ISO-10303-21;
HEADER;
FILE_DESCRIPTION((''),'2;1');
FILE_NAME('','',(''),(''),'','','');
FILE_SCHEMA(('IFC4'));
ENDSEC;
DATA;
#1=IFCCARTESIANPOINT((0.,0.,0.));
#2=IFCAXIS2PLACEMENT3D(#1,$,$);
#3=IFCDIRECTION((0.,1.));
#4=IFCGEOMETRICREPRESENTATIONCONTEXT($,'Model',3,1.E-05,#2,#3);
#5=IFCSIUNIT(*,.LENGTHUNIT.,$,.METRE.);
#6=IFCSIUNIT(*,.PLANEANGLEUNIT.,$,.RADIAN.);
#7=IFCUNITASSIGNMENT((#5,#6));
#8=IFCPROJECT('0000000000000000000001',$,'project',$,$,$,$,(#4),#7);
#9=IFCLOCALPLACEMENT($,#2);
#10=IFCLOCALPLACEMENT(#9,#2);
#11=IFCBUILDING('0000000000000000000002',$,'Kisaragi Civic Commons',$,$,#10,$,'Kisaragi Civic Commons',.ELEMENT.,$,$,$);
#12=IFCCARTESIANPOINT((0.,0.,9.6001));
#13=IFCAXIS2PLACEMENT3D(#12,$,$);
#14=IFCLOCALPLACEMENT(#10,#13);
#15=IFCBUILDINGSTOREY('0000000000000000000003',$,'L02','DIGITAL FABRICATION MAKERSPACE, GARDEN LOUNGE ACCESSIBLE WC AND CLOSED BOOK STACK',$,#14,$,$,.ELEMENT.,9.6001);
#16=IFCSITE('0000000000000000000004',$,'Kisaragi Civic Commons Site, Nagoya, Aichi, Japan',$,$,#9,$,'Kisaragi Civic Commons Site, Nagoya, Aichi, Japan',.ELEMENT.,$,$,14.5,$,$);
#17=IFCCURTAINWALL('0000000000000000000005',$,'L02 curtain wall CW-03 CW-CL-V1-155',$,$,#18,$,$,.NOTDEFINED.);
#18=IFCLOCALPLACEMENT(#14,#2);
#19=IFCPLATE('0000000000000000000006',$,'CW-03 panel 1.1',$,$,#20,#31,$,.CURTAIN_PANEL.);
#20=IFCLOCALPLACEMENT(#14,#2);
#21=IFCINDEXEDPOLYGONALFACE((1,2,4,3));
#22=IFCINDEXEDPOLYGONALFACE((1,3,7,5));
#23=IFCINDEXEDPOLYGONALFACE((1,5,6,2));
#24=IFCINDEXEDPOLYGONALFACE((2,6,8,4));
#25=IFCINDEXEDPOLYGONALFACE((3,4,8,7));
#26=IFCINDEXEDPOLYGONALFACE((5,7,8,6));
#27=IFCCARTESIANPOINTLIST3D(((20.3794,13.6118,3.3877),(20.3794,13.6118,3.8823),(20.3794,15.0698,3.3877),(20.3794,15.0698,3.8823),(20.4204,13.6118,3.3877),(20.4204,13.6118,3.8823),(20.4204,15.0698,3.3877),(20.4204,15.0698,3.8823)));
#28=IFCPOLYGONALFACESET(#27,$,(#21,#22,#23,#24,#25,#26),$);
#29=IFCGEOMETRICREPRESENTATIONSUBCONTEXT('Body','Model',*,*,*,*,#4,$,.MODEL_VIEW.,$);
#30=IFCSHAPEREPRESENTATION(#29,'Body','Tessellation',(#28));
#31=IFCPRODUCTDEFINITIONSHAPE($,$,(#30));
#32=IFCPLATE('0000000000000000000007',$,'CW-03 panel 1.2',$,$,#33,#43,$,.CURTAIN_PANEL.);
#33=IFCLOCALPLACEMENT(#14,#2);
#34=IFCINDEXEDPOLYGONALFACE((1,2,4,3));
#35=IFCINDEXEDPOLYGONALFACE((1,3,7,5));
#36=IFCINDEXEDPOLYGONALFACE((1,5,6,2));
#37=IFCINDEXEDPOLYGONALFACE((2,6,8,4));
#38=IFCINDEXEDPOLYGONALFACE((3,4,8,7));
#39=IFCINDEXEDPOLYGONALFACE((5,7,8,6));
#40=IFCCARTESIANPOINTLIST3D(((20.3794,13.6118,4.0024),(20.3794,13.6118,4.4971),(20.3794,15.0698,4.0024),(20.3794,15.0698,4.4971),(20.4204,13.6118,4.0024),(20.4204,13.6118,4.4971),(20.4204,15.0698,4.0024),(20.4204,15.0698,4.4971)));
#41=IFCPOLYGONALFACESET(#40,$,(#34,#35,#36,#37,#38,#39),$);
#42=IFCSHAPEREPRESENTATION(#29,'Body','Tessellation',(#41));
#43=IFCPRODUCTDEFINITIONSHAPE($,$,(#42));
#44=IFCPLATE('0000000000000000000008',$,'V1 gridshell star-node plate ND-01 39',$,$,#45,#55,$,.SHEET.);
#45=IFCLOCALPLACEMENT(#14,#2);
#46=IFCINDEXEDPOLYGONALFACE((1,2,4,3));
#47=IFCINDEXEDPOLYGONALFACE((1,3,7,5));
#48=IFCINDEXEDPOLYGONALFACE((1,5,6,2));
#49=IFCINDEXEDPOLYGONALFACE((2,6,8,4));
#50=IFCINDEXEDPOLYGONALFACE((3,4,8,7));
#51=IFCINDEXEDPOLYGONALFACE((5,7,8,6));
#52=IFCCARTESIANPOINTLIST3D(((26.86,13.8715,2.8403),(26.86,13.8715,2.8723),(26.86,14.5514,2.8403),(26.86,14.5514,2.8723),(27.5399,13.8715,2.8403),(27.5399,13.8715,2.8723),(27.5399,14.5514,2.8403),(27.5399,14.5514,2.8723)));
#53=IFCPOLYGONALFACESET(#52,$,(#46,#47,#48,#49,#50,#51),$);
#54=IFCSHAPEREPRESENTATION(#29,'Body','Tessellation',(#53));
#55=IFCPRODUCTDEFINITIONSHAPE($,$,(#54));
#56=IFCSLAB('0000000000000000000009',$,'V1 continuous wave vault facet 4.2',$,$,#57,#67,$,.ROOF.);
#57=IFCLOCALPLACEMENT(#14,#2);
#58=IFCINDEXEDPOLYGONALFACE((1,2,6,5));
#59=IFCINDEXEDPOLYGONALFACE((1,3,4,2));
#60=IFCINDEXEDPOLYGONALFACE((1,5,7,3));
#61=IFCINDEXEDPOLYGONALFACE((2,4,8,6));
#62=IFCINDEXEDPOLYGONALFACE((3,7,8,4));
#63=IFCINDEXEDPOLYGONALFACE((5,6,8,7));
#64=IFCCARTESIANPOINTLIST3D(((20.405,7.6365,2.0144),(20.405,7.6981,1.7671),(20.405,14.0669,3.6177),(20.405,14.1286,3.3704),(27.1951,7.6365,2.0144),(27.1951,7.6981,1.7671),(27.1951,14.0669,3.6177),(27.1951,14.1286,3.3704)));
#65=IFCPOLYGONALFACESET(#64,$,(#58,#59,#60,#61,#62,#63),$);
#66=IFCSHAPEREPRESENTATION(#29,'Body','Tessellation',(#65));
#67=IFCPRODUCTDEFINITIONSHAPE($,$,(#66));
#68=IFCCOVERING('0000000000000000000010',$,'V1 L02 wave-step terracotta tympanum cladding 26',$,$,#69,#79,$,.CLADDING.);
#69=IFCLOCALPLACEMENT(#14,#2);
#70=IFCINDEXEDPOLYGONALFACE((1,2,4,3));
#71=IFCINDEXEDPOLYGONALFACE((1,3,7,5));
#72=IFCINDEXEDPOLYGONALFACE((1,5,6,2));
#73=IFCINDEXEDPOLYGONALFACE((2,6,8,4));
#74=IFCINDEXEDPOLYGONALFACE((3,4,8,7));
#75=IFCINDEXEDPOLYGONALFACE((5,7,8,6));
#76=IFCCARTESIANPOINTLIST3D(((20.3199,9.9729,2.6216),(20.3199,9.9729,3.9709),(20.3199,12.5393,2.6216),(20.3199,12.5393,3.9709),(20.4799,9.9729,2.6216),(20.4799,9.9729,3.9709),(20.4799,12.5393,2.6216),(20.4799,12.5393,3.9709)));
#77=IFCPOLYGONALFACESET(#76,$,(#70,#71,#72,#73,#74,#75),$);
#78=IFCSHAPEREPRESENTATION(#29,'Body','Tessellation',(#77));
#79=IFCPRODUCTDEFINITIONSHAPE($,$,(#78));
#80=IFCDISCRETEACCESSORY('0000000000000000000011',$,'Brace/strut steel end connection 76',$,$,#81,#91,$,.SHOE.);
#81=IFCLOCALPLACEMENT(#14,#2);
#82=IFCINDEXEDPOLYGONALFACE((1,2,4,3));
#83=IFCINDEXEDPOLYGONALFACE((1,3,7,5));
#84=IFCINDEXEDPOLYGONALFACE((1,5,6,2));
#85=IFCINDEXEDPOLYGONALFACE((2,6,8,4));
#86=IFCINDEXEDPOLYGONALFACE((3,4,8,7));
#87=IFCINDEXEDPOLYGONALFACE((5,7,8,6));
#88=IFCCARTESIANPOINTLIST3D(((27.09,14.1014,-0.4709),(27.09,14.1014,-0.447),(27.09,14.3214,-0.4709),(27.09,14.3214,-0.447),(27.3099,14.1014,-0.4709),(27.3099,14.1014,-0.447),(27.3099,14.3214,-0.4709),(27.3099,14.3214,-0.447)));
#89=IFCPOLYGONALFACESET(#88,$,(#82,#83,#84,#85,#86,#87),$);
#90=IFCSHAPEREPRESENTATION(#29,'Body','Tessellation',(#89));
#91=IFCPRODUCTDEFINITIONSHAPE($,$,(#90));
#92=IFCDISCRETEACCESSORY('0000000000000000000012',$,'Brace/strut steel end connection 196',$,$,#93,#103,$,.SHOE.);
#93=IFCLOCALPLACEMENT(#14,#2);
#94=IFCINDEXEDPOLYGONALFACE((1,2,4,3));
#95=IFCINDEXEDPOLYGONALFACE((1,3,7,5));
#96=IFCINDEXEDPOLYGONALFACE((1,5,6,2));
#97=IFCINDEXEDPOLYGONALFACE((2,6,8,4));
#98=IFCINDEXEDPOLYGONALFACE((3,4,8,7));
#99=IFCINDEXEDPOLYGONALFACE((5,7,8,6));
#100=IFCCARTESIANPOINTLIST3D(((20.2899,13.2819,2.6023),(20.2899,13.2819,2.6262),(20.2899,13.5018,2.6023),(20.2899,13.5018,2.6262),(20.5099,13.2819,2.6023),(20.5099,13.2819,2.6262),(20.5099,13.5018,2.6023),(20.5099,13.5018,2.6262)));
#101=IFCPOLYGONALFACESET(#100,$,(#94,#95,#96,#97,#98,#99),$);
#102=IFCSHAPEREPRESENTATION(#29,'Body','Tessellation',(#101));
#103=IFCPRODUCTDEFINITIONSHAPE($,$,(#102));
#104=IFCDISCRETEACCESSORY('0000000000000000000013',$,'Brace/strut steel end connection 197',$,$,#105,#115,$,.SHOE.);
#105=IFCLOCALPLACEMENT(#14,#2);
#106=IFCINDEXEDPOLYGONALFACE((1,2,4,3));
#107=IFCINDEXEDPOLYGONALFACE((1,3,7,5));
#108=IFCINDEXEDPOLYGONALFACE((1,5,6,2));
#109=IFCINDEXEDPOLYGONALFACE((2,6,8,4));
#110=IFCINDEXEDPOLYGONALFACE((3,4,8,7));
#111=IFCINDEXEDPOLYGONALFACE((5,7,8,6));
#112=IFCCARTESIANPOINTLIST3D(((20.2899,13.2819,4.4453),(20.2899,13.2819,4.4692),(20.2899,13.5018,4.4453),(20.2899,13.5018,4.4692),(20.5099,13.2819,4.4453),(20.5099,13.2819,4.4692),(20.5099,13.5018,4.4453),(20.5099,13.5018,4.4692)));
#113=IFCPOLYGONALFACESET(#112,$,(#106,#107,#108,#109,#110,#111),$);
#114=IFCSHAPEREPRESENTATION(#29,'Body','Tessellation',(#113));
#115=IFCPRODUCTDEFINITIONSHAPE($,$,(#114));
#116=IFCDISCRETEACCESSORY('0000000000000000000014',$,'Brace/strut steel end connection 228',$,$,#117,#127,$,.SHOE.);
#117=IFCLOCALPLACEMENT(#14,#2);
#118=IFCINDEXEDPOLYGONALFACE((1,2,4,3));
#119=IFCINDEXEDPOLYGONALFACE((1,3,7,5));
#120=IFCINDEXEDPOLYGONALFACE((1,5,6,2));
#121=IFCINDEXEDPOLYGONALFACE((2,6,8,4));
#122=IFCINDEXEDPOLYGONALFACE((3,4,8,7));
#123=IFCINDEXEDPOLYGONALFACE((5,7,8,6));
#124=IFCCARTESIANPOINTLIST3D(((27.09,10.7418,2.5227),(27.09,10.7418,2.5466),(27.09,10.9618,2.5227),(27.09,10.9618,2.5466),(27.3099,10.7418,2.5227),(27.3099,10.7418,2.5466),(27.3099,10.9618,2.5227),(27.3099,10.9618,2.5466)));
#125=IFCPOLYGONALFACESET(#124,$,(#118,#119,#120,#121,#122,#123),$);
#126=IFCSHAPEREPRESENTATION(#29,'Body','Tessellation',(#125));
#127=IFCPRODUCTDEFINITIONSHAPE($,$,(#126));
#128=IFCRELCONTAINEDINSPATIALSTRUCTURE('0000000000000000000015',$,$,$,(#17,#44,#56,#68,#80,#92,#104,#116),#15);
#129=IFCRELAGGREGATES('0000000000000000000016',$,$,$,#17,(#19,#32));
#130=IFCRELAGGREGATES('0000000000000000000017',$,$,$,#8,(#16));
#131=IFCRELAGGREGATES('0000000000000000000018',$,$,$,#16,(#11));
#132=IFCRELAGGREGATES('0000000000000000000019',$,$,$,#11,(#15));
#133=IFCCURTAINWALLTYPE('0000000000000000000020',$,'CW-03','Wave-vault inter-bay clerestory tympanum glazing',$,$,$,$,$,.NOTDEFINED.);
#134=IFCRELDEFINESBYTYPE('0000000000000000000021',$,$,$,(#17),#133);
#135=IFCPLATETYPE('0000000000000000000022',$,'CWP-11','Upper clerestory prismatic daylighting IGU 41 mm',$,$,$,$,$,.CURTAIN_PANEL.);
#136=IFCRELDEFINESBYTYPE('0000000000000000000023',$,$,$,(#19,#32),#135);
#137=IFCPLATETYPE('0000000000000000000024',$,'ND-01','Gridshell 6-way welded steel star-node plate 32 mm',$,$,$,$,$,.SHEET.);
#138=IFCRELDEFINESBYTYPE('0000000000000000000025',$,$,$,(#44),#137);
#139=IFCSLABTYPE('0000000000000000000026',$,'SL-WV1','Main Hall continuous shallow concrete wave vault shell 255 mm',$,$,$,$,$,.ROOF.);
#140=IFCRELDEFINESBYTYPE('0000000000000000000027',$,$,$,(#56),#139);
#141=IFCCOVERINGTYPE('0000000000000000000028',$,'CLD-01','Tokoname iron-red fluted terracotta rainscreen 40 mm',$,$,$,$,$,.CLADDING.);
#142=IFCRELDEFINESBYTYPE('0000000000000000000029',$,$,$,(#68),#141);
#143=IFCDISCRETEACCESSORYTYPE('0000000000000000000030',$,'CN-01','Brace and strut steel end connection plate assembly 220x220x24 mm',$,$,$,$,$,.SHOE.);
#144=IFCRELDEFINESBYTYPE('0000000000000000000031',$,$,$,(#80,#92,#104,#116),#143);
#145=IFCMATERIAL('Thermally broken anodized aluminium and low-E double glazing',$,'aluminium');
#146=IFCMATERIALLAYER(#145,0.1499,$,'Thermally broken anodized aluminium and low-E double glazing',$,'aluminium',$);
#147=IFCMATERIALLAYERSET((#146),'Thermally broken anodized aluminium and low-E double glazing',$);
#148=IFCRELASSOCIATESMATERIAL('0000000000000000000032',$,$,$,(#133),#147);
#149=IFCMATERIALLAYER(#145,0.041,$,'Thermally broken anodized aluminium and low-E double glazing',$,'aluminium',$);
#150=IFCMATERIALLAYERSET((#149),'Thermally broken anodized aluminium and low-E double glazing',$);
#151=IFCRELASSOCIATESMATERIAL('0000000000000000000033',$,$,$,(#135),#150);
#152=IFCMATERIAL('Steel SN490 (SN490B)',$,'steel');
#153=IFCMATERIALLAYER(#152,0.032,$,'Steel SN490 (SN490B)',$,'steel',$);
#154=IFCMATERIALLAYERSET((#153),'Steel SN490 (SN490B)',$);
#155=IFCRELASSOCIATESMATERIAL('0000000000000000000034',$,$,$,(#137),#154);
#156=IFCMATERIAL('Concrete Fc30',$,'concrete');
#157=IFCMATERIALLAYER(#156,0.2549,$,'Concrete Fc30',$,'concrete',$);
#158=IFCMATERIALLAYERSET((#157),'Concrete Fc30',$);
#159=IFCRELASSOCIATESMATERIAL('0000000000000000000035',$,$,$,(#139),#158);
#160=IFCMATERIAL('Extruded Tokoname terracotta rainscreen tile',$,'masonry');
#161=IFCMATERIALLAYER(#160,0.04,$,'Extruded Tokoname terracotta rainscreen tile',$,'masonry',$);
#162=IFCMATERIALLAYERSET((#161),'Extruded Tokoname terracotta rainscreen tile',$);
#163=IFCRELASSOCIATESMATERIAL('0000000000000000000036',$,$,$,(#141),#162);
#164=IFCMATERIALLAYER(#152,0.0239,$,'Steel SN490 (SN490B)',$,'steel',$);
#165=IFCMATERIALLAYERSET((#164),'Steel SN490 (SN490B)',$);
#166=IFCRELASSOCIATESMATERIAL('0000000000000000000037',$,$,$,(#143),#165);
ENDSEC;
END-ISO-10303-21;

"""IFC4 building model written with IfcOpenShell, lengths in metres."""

from ifc_helpers import new_model, si_unit, direction, frame, origin, origin_2d, place, context, subcontext, project, spatial, polyline, rectangle, outline, extrude, material, layer, layer_set, type_object, element, aggregate, save


model = new_model("IFC4")

# Units and contexts
model_context = context("Model", 3, precision=1e-05, world=origin(), true_north=direction((0.0, 1.0)))
body_context = subcontext(model_context, "Body", "Model", "MODEL_VIEW")
ifc_project = project(units=[si_unit("LENGTHUNIT", "METRE"), si_unit("PLANEANGLEUNIT", "RADIAN")], contexts=[model_context])

# Site, building, storey
site_placement = place(None, origin())
site = spatial("IfcSite", under=ifc_project, at=site_placement, Name="Kisaragi Civic Commons Site, Nagoya, Aichi, Japan", LongName="Kisaragi Civic Commons Site, Nagoya, Aichi, Japan", CompositionType="ELEMENT", RefElevation=14.5)
building_placement = place(site_placement, origin())
building = spatial("IfcBuilding", under=site, at=building_placement, Name="Kisaragi Civic Commons", LongName="Kisaragi Civic Commons", CompositionType="ELEMENT")
storey_placement = place(building_placement, frame((0.0, 0.0, 9.6001)))
storey = spatial("IfcBuildingStorey", under=building, at=storey_placement, Name="L02", Description="DIGITAL FABRICATION MAKERSPACE, GARDEN LOUNGE ACCESSIBLE WC AND CLOSED BOOK STACK", CompositionType="ELEMENT", Elevation=9.6001)

# Curtain wall
ifc_material_1 = material(Name="Thermally broken anodized aluminium and low-E double glazing", Category="aluminium")
ifc_layer_1 = layer(ifc_material_1, 0.1499, Name="Thermally broken anodized aluminium and low-E double glazing", Category="aluminium")
ifc_layer_set_1 = layer_set([ifc_layer_1], Name="Thermally broken anodized aluminium and low-E double glazing")
curtain_wall_type = type_object("IfcCurtainWallType", Name="CW-03", Description="Wave-vault inter-bay clerestory tympanum glazing", PredefinedType="NOTDEFINED", material=ifc_layer_set_1)
curtain_wall_1_placement = place(storey_placement, origin())
curtain_wall_1 = element("IfcCurtainWall", 1, at=curtain_wall_1_placement, inside=storey, type_object=curtain_wall_type, Name="L02 curtain wall CW-03 CW-CL-V1-155", PredefinedType="NOTDEFINED")

# Shared definitions
ifc_material_2 = material(Name="Steel SN490 (SN490B)", Category="steel")

# Plates
ifc_layer_2 = layer(ifc_material_1, 0.041, Name="Thermally broken anodized aluminium and low-E double glazing", Category="aluminium")
ifc_layer_set_2 = layer_set([ifc_layer_2], Name="Thermally broken anodized aluminium and low-E double glazing")
plate_type_1 = type_object("IfcPlateType", Name="CWP-11", Description="Upper clerestory prismatic daylighting IGU 41 mm", PredefinedType="CURTAIN_PANEL", material=ifc_layer_set_2)
plate_1_placement = place(storey_placement, frame((20.3999, 14.3408, 3.3877), z_axis=(0.0, 0.0, 1.0), x_axis=(0.0, 1.0, 0.0)))
plate_1 = element("IfcPlate", 2, at=plate_1_placement, type_object=plate_type_1, Name="CW-03 panel 1.1", PredefinedType="CURTAIN_PANEL", context=body_context, shape_type="SweptSolid", body=[
    extrude(rectangle(XDim=1.458, YDim=0.041, at=origin_2d()), origin(), (0.0, 0.0, 1.0), 0.4946),
])
plate_2_placement = place(storey_placement, frame((20.3999, 14.3408, 4.0024), z_axis=(0.0, 0.0, 1.0), x_axis=(0.0, 1.0, 0.0)))
plate_2 = element("IfcPlate", 3, at=plate_2_placement, type_object=plate_type_1, Name="CW-03 panel 1.2", PredefinedType="CURTAIN_PANEL", context=body_context, shape_type="SweptSolid", body=[
    extrude(rectangle(XDim=1.458, YDim=0.041, at=origin_2d()), origin(), (0.0, 0.0, 1.0), 0.4946),
])
aggregate(curtain_wall_1, [plate_1, plate_2])
ifc_layer_3 = layer(ifc_material_2, 0.032, Name="Steel SN490 (SN490B)", Category="steel")
ifc_layer_set_3 = layer_set([ifc_layer_3], Name="Steel SN490 (SN490B)")
plate_type_2 = type_object("IfcPlateType", Name="ND-01", Description="Gridshell 6-way welded steel star-node plate 32 mm", PredefinedType="SHEET", material=ifc_layer_set_3)
plate_3_placement = place(storey_placement, frame((27.2, 14.2114, 2.8403), z_axis=(0.0, 0.0, 1.0), x_axis=(1.0, 0.0, 0.0)))
element("IfcPlate", 4, at=plate_3_placement, inside=storey, type_object=plate_type_2, Name="V1 gridshell star-node plate ND-01 39", PredefinedType="SHEET", context=body_context, shape_type="SweptSolid", body=[
    extrude(rectangle(XDim=0.6799, YDim=0.6799, at=origin_2d()), origin(), (0.0, 0.0, 1.0), 0.032),
])

# Slab
ifc_material_3 = material(Name="Concrete Fc30", Category="concrete")
ifc_layer_4 = layer(ifc_material_3, 0.2549, Name="Concrete Fc30", Category="concrete")
ifc_layer_set_4 = layer_set([ifc_layer_4], Name="Concrete Fc30")
slab_type = type_object("IfcSlabType", Name="SL-WV1", Description="Main Hall continuous shallow concrete wave vault shell 255 mm", PredefinedType="ROOF", material=ifc_layer_set_4)
slab_placement = place(storey_placement, frame((27.1951, 14.0669, 3.6177), z_axis=(0.0, -0.24192, 0.970296), x_axis=(-1.0, 0.0, 0.0)))
element("IfcSlab", 5, at=slab_placement, inside=storey, type_object=slab_type, Name="V1 continuous wave vault facet 4.2", PredefinedType="ROOF", context=body_context, shape_type="SweptSolid", body=[
    extrude(outline(polyline([(0.0, 0.0), (6.79, 0.0), (6.79, 6.6273), (0.0, 6.6273), (0.0, 0.0)])), origin(), (0.0, 0.0, -1.0), 0.2549),
])

# Covering
ifc_material_4 = material(Name="Extruded Tokoname terracotta rainscreen tile", Category="masonry")
ifc_layer_5 = layer(ifc_material_4, 0.04, Name="Extruded Tokoname terracotta rainscreen tile", Category="masonry")
ifc_layer_set_5 = layer_set([ifc_layer_5], Name="Extruded Tokoname terracotta rainscreen tile")
covering_type = type_object("IfcCoveringType", Name="CLD-01", Description="Tokoname iron-red fluted terracotta rainscreen 40 mm", PredefinedType="CLADDING", material=ifc_layer_set_5)
covering_placement = place(storey_placement, frame((20.3999, 11.2561, 2.6216), z_axis=(0.0, 0.0, 1.0), x_axis=(0.0, 1.0, 0.0)))
element("IfcCovering", 6, at=covering_placement, inside=storey, type_object=covering_type, Name="V1 L02 wave-step terracotta tympanum cladding 26", PredefinedType="CLADDING", context=body_context, shape_type="SweptSolid", body=[
    extrude(rectangle(XDim=2.5664, YDim=0.1599, at=origin_2d()), origin(), (0.0, 0.0, 1.0), 1.3494),
])

# Discrete accessories
ifc_layer_6 = layer(ifc_material_2, 0.0239, Name="Steel SN490 (SN490B)", Category="steel")
ifc_layer_set_6 = layer_set([ifc_layer_6], Name="Steel SN490 (SN490B)")
discrete_accessory_type = type_object("IfcDiscreteAccessoryType", Name="CN-01", Description="Brace and strut steel end connection plate assembly 220x220x24 mm", PredefinedType="SHOE", material=ifc_layer_set_6)
for number, where, z_axis, x_axis, name in (
    (7, (27.2, 14.2114, -0.4709), (0.0, 0.0, 1.0), (1.0, 0.0, 0.0), "Brace/strut steel end connection 76"),
    (8, (20.3999, 13.3918, 2.6023), (0.0, 0.0, 1.0), (1.0, 0.0, 0.0), "Brace/strut steel end connection 196"),
    (9, (20.3999, 13.3918, 4.4453), (0.0, 0.0, 1.0), (1.0, 0.0, 0.0), "Brace/strut steel end connection 197"),
    (10, (27.2, 10.8518, 2.5227), (0.0, 0.0, 1.0), (1.0, 0.0, 0.0), "Brace/strut steel end connection 228"),
):
    element("IfcDiscreteAccessory", number, at=place(storey_placement, frame(where, z_axis=z_axis, x_axis=x_axis)), inside=storey, type_object=discrete_accessory_type, Name=name, PredefinedType="SHOE", context=body_context, shape_type="SweptSolid", body=[
        extrude(rectangle(XDim=0.22, YDim=0.22, at=origin_2d()), origin(), (0.0, 0.0, 1.0), 0.0239),
    ])

save(model, "model.ifc")
